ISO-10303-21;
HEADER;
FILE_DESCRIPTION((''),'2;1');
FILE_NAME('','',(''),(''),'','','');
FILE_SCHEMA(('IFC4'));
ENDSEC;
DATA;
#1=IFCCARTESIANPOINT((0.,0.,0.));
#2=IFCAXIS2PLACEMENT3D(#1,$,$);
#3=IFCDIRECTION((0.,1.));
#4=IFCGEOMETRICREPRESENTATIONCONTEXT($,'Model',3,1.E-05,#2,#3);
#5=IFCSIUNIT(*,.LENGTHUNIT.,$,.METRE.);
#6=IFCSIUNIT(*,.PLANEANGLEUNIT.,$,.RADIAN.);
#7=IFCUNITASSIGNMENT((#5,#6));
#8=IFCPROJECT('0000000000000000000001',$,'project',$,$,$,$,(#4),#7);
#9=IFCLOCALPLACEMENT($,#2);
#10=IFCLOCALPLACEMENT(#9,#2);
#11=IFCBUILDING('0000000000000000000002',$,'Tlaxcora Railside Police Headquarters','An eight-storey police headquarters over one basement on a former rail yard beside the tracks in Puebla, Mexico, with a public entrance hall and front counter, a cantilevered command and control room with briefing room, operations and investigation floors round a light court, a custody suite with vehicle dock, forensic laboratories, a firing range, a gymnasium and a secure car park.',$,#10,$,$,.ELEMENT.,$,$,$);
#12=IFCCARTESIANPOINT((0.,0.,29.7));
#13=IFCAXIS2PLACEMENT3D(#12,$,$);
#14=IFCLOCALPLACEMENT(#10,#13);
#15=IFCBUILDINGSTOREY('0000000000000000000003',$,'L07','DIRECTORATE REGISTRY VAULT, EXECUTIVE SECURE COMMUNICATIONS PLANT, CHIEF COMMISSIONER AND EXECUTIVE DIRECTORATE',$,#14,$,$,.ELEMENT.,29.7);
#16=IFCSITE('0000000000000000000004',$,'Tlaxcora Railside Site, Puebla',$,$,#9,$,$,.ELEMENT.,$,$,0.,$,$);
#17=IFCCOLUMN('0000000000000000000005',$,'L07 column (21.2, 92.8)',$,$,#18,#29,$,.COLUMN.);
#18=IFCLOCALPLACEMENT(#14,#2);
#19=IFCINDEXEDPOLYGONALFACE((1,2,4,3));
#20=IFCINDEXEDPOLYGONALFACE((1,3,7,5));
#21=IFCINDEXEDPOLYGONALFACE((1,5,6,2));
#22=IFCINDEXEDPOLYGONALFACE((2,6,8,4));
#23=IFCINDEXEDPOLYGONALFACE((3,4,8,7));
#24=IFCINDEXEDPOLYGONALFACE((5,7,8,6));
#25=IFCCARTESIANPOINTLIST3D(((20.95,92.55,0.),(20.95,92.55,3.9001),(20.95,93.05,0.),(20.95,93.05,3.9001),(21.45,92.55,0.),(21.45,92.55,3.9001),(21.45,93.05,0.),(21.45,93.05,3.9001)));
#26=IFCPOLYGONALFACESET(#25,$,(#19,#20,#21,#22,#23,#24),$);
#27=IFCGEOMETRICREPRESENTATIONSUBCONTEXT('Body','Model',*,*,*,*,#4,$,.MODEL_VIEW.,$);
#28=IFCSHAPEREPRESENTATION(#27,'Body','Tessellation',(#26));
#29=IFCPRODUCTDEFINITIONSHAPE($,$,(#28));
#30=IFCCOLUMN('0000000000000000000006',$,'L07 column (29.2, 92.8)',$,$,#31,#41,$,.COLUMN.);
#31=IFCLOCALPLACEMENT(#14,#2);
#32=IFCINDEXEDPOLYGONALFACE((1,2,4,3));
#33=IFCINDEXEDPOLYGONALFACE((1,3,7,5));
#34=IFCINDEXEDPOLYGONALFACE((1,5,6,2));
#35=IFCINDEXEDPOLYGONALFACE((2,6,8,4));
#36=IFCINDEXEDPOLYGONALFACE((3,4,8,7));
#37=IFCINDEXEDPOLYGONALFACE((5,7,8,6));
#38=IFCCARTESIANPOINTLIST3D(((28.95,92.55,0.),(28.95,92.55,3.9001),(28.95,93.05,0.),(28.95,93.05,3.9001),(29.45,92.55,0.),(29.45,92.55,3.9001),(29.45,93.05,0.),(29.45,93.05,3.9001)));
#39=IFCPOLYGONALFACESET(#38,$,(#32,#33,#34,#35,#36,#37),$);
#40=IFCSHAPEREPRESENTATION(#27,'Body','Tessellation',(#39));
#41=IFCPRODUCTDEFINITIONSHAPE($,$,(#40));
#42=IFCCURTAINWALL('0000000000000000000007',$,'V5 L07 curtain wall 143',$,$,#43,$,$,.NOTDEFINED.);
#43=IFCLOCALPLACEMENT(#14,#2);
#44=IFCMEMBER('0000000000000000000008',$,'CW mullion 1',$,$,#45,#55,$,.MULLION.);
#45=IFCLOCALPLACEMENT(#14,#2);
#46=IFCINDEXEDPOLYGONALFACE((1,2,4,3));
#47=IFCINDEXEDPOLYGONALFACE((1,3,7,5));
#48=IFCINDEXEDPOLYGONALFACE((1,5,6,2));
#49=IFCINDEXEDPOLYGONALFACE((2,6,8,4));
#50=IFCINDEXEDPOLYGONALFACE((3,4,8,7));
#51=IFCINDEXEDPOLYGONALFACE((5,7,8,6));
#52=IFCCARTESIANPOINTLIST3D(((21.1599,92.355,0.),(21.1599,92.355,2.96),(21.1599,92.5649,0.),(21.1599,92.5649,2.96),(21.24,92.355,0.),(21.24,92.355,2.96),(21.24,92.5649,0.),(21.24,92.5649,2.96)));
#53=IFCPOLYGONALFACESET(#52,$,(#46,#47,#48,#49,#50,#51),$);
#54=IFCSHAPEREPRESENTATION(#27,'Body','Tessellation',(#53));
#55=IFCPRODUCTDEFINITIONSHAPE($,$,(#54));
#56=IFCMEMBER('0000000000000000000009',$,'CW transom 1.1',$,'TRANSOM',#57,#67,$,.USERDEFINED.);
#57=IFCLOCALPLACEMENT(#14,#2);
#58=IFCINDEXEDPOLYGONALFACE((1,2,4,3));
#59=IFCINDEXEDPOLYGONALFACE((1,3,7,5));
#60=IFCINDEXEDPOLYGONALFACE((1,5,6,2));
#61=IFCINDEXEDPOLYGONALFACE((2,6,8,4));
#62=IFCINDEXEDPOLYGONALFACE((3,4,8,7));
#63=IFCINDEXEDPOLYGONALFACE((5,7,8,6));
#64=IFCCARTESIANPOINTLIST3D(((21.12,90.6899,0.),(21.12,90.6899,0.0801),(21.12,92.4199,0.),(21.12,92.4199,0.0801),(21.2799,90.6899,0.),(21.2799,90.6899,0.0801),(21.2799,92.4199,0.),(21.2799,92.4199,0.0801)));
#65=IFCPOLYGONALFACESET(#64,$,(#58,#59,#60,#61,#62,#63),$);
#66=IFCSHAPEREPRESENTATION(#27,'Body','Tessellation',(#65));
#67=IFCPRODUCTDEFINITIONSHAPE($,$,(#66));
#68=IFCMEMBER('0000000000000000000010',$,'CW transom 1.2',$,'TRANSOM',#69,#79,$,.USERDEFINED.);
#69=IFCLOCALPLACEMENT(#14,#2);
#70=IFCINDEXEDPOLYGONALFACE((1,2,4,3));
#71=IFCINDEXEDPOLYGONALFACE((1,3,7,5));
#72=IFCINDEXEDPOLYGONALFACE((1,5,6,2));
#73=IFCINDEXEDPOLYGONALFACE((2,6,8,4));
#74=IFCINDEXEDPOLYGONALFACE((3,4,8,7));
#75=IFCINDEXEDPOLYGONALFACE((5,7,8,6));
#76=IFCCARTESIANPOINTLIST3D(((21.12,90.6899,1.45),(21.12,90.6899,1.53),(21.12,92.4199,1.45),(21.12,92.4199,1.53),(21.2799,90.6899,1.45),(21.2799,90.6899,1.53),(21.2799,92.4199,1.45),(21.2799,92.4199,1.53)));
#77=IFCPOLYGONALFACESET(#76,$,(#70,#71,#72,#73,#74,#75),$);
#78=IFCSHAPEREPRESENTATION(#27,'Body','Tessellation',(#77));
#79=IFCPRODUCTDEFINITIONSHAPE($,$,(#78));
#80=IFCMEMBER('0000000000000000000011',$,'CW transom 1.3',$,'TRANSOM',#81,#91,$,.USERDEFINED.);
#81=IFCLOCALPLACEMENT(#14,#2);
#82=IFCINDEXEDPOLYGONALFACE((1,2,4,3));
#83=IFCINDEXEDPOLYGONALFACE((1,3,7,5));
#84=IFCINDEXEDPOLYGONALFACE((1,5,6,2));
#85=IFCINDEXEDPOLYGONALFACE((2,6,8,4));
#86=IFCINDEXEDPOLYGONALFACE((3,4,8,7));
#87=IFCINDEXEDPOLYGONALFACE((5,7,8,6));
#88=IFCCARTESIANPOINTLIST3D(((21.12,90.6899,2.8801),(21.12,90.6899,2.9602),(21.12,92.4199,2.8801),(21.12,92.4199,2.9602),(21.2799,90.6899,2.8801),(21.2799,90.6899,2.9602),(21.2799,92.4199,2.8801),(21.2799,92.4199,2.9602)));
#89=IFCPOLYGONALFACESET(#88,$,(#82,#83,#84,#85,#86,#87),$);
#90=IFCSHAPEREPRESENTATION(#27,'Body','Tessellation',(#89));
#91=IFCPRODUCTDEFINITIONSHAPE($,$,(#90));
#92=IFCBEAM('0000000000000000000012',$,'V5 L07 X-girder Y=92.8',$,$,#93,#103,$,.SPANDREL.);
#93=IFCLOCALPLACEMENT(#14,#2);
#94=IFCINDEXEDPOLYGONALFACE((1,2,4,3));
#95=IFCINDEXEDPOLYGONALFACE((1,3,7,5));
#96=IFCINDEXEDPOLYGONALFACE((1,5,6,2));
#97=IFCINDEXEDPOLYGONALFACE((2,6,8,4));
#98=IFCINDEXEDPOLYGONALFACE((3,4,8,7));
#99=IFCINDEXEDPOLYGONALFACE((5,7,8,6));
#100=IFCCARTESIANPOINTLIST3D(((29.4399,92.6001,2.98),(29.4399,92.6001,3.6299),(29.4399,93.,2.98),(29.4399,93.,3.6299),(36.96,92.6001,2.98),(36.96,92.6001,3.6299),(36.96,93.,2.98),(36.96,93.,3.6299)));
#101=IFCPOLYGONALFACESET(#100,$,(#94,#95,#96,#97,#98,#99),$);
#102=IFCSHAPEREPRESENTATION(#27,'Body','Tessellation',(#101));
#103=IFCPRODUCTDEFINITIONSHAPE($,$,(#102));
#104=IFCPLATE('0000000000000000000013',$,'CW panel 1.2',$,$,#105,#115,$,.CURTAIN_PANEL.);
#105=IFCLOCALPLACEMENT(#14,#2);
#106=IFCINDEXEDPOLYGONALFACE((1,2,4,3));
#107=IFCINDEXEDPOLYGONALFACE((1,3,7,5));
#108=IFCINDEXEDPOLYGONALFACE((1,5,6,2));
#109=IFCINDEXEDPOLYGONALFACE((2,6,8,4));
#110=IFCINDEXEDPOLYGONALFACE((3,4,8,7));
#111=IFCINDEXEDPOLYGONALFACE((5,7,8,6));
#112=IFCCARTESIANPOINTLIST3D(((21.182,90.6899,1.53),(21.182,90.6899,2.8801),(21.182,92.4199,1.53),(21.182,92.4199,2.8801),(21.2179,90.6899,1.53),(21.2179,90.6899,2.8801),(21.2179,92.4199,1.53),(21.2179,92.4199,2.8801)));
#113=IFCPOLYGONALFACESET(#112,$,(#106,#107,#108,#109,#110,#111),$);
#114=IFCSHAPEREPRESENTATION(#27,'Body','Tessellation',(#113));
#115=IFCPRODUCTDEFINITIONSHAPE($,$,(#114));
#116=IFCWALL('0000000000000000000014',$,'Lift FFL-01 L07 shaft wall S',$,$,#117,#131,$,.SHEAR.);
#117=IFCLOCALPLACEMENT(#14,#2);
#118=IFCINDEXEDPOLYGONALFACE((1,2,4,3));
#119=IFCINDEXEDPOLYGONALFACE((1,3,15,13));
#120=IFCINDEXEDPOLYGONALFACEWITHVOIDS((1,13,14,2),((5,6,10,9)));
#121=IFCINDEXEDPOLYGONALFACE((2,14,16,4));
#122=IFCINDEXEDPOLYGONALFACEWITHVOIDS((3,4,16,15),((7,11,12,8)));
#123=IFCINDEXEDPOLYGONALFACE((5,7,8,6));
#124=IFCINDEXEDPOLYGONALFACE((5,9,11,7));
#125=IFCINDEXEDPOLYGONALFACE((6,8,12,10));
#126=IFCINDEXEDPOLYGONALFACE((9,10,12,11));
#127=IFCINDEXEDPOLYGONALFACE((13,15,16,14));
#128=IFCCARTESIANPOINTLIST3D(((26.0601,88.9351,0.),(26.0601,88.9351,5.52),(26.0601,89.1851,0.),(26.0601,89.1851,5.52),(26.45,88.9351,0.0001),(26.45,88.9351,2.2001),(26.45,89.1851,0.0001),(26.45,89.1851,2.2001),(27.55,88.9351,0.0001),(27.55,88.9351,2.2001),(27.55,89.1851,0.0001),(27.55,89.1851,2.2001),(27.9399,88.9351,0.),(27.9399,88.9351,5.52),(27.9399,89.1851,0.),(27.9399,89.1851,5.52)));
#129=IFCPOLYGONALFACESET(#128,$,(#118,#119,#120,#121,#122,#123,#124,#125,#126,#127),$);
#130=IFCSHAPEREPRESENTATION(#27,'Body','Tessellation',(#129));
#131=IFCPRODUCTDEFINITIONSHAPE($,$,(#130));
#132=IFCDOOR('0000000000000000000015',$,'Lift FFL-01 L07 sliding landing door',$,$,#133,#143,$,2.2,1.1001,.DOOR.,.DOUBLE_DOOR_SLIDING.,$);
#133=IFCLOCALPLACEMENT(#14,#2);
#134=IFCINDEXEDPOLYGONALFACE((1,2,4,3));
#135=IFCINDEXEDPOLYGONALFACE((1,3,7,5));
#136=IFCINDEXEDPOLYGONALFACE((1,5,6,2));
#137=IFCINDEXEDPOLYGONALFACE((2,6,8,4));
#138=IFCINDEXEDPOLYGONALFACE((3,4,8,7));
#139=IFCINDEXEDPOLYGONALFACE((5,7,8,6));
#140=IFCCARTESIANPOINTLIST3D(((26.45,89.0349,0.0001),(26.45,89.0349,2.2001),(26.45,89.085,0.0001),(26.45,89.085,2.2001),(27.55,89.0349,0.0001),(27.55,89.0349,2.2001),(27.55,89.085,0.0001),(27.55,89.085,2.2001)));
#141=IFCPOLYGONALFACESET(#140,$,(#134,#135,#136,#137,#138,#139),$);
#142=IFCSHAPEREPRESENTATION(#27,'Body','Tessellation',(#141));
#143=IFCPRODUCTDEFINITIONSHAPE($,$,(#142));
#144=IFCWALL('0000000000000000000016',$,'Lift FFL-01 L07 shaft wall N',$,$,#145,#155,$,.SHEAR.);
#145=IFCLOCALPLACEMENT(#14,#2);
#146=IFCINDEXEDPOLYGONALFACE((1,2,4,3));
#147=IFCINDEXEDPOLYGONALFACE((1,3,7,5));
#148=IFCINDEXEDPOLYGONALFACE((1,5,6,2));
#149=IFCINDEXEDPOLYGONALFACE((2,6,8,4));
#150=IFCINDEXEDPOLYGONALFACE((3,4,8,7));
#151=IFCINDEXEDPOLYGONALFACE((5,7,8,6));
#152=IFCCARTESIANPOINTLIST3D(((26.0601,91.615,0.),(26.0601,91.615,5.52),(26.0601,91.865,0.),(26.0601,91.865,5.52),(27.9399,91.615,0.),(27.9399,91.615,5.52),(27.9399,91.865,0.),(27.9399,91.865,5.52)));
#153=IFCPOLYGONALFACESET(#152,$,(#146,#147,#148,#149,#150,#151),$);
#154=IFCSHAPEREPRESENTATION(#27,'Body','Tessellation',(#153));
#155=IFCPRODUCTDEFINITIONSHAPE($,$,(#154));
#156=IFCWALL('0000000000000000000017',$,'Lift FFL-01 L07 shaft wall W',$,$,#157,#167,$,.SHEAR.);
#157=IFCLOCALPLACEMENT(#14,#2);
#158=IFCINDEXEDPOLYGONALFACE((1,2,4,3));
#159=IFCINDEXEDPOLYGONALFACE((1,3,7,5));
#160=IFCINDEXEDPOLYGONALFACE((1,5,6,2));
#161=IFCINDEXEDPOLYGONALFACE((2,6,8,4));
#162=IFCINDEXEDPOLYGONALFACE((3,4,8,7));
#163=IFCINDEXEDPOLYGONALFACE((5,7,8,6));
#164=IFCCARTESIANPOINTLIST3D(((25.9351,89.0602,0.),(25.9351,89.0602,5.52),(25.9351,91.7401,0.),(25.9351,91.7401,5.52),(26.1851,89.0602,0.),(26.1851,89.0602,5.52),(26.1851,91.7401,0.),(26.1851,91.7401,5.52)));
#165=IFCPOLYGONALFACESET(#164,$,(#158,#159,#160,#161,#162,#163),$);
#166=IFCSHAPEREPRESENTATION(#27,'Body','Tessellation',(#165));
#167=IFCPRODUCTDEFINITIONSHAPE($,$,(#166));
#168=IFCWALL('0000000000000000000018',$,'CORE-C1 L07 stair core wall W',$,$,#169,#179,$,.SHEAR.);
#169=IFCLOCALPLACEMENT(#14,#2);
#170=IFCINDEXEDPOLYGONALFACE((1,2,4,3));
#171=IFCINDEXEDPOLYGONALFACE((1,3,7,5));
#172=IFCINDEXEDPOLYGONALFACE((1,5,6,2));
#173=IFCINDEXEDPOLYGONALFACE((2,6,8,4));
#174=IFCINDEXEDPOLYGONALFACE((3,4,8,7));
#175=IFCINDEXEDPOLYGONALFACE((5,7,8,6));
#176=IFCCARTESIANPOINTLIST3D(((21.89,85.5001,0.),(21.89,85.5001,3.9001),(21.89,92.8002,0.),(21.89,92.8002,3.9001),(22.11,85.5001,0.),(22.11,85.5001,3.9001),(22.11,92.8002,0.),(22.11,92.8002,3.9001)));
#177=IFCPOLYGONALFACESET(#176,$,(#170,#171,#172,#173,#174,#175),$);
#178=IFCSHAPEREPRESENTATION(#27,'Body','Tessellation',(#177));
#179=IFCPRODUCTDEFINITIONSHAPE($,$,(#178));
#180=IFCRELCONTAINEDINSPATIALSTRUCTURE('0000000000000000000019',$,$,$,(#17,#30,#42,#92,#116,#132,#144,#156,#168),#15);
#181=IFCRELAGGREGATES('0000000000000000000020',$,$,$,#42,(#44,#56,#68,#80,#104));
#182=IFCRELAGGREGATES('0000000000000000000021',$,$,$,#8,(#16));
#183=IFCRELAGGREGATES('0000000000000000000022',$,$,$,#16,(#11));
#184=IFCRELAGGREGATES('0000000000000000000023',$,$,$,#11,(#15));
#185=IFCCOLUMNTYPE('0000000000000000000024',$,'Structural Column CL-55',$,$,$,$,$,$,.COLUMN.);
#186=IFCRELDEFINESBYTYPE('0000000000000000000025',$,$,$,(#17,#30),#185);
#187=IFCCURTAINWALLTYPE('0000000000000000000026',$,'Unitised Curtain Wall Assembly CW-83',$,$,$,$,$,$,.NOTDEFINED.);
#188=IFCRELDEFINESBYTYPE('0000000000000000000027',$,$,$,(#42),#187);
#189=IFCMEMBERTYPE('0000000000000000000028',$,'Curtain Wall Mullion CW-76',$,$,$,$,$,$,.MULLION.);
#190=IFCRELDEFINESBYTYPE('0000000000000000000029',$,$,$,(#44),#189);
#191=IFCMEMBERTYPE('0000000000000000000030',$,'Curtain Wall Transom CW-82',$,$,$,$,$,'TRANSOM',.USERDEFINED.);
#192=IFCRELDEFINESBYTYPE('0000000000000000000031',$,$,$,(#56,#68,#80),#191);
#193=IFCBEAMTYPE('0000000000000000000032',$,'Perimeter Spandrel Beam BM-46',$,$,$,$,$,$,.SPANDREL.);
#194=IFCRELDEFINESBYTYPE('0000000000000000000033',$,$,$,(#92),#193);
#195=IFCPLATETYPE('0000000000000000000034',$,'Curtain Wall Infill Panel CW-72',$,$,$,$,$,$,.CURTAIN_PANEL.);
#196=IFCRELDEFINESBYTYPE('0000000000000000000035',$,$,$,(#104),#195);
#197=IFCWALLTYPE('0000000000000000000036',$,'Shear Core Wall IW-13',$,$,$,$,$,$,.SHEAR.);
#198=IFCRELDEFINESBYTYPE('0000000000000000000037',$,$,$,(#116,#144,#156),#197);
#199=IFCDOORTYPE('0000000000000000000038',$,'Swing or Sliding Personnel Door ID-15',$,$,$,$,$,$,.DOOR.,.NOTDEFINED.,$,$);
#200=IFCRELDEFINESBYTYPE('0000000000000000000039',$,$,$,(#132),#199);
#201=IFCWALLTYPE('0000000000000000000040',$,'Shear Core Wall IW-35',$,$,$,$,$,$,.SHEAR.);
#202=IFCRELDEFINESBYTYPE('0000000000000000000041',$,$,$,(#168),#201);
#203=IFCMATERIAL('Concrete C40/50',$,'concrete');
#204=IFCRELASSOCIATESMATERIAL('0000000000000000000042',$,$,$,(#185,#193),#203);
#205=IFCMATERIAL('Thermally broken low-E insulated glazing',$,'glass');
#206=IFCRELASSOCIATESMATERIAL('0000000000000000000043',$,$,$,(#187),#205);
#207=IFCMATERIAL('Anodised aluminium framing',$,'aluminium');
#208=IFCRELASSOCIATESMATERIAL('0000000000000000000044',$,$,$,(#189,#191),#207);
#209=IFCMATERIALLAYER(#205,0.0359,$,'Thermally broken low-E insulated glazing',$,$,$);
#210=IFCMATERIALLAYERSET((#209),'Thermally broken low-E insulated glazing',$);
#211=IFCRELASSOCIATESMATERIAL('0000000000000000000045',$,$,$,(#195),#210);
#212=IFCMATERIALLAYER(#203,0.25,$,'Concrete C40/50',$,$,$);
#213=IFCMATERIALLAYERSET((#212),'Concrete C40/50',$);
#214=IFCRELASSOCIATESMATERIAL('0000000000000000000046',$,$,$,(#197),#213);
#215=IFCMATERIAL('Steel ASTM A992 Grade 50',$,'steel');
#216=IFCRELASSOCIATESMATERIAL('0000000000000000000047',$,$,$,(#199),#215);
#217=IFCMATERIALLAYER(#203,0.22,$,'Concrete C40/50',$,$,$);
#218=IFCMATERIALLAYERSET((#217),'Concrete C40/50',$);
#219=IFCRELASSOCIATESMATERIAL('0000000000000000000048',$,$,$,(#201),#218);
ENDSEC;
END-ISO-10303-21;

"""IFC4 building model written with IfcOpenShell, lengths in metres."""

from ifc_helpers import new_model, si_unit, direction, frame, frame_2d, origin, origin_2d, place, context, subcontext, project, spatial, rectangle, extrude, material, layer, layer_set, material_profile, profile_set, type_object, element, fill, aggregate, save


model = new_model("IFC4")

# Units and contexts
model_context = context("Model", 3, precision=1e-05, world=origin(), true_north=direction((0.0, 1.0)))
body_context = subcontext(model_context, "Body", "Model", "MODEL_VIEW")
ifc_project = project(units=[si_unit("LENGTHUNIT", "METRE"), si_unit("PLANEANGLEUNIT", "RADIAN")], contexts=[model_context])

# Site, building, storey
site_placement = place(None, origin())
site = spatial("IfcSite", under=ifc_project, at=site_placement, Name="Tlaxcora Railside Site, Puebla", CompositionType="ELEMENT", RefElevation=0.0)
building_placement = place(site_placement, origin())
building = spatial("IfcBuilding", under=site, at=building_placement, Name="Tlaxcora Railside Police Headquarters", Description="An eight-storey police headquarters over one basement on a former rail yard beside the tracks in Puebla, Mexico, with a public entrance hall and front counter, a cantilevered command and control room with briefing room, operations and investigation floors round a light court, a custody suite with vehicle dock, forensic laboratories, a firing range, a gymnasium and a secure car park.", CompositionType="ELEMENT")
storey_placement = place(building_placement, frame((0.0, 0.0, 29.7)))
storey = spatial("IfcBuildingStorey", under=building, at=storey_placement, Name="L07", Description="DIRECTORATE REGISTRY VAULT, EXECUTIVE SECURE COMMUNICATIONS PLANT, CHIEF COMMISSIONER AND EXECUTIVE DIRECTORATE", CompositionType="ELEMENT", Elevation=29.7)

# Columns
ifc_material_1 = material(Name="Concrete C40/50", Category="concrete")
ifc_material_profile_1 = material_profile(ifc_material_1, rectangle(XDim=0.5, YDim=0.5, at=origin_2d()), Name="RC500X500")
ifc_profile_set_1 = profile_set([ifc_material_profile_1], Name="Concrete C40/50")
column_type = type_object("IfcColumnType", Name="Structural Column CL-55", PredefinedType="COLUMN", material=ifc_profile_set_1)
for number, where, z_axis, x_axis, name in (
    (1, (21.2, 92.8, 0.0), (0.0, 0.0, 1.0), (1.0, 0.0, 0.0), "L07 column (21.2, 92.8)"),
    (2, (29.2, 92.8, 0.0), (0.0, 0.0, 1.0), (1.0, 0.0, 0.0), "L07 column (29.2, 92.8)"),
):
    element("IfcColumn", number, at=place(storey_placement, frame(where, z_axis=z_axis, x_axis=x_axis)), inside=storey, type_object=column_type, Name=name, PredefinedType="COLUMN", context=body_context, shape_type="SweptSolid", body=[
        extrude(rectangle(XDim=0.5, YDim=0.5, at=origin_2d()), origin(), (0.0, 0.0, 1.0), 3.9001),
    ])

# Curtain wall, members
ifc_material_2 = material(Name="Thermally broken low-E insulated glazing", Category="glass")
curtain_wall_type = type_object("IfcCurtainWallType", Name="Unitised Curtain Wall Assembly CW-83", PredefinedType="NOTDEFINED", material=ifc_material_2)
curtain_wall_placement = place(storey_placement, origin())
curtain_wall = element("IfcCurtainWall", 3, at=curtain_wall_placement, inside=storey, type_object=curtain_wall_type, Name="V5 L07 curtain wall 143", PredefinedType="NOTDEFINED")
ifc_material_3 = material(Name="Anodised aluminium framing", Category="aluminium")
ifc_material_profile_2 = material_profile(ifc_material_3, rectangle(XDim=0.0801, YDim=0.21, at=origin_2d()), Name="AL80X210")
ifc_profile_set_2 = profile_set([ifc_material_profile_2], Name="Anodised aluminium framing")
member_type_1 = type_object("IfcMemberType", Name="Curtain Wall Mullion CW-76", PredefinedType="MULLION", material=ifc_profile_set_2)
member_1_placement = place(storey_placement, frame((21.2, 92.46, 0.0), z_axis=(0.0, 0.0, 1.0), x_axis=(1.0, 0.0, 0.0)))
member_1 = element("IfcMember", 4, at=member_1_placement, type_object=member_type_1, Name="CW mullion 1", PredefinedType="MULLION", context=body_context, shape_type="SweptSolid", body=[
    extrude(rectangle(XDim=0.0801, YDim=0.21, at=origin_2d()), origin(), (0.0, 0.0, 1.0), 2.96),
])
ifc_material_profile_3 = material_profile(ifc_material_3, rectangle(XDim=0.1599, YDim=0.0801, at=origin_2d()), Name="AL80X160")
ifc_profile_set_3 = profile_set([ifc_material_profile_3], Name="Anodised aluminium framing")
member_type_2 = type_object("IfcMemberType", Name="Curtain Wall Transom CW-82", ElementType="TRANSOM", PredefinedType="USERDEFINED", material=ifc_profile_set_3)
member_2_placement = place(storey_placement, frame((21.2, 92.4199, 0.04), z_axis=(0.0, -1.0, 0.0), x_axis=(1.0, 0.0, 0.0)))
member_2 = element("IfcMember", 5, at=member_2_placement, type_object=member_type_2, Name="CW transom 1.1", ObjectType="TRANSOM", PredefinedType="USERDEFINED", context=body_context, shape_type="SweptSolid", body=[
    extrude(rectangle(XDim=0.1599, YDim=0.0801, at=origin_2d()), origin(), (0.0, 0.0, 1.0), 1.73),
])
member_3_placement = place(storey_placement, frame((21.2, 92.4199, 1.49), z_axis=(0.0, -1.0, 0.0), x_axis=(1.0, 0.0, 0.0)))
member_3 = element("IfcMember", 6, at=member_3_placement, type_object=member_type_2, Name="CW transom 1.2", ObjectType="TRANSOM", PredefinedType="USERDEFINED", context=body_context, shape_type="SweptSolid", body=[
    extrude(rectangle(XDim=0.1599, YDim=0.0801, at=origin_2d()), origin(), (0.0, 0.0, 1.0), 1.73),
])
member_4_placement = place(storey_placement, frame((21.2, 92.4199, 2.9202), z_axis=(0.0, -1.0, 0.0), x_axis=(1.0, 0.0, 0.0)))
member_4 = element("IfcMember", 7, at=member_4_placement, type_object=member_type_2, Name="CW transom 1.3", ObjectType="TRANSOM", PredefinedType="USERDEFINED", context=body_context, shape_type="SweptSolid", body=[
    extrude(rectangle(XDim=0.1599, YDim=0.0801, at=origin_2d()), origin(), (0.0, 0.0, 1.0), 1.73),
])

# Beam
ifc_material_profile_4 = material_profile(ifc_material_1, rectangle(XDim=0.3999, YDim=0.6499, at=origin_2d()), Name="RC400X650")
ifc_profile_set_4 = profile_set([ifc_material_profile_4], Name="Concrete C40/50")
beam_type = type_object("IfcBeamType", Name="Perimeter Spandrel Beam BM-46", PredefinedType="SPANDREL", material=ifc_profile_set_4)
beam_placement = place(storey_placement, frame((29.4399, 92.8, 3.3049), z_axis=(1.0, 0.0, 0.0), x_axis=(0.0, 1.0, 0.0)))
element("IfcBeam", 8, at=beam_placement, inside=storey, type_object=beam_type, Name="V5 L07 X-girder Y=92.8", PredefinedType="SPANDREL", context=body_context, shape_type="SweptSolid", body=[
    extrude(rectangle(XDim=0.3999, YDim=0.6499, at=origin_2d()), origin(), (0.0, 0.0, 1.0), 7.52),
])

# Plate
ifc_layer_1 = layer(ifc_material_2, 0.0359, Name="Thermally broken low-E insulated glazing")
ifc_layer_set_1 = layer_set([ifc_layer_1], Name="Thermally broken low-E insulated glazing")
plate_type = type_object("IfcPlateType", Name="Curtain Wall Infill Panel CW-72", PredefinedType="CURTAIN_PANEL", material=ifc_layer_set_1)
plate_placement = place(storey_placement, frame((21.2, 91.5549, 1.53), z_axis=(0.0, 0.0, 1.0), x_axis=(0.0, -1.0, 0.0)))
plate = element("IfcPlate", 9, at=plate_placement, type_object=plate_type, Name="CW panel 1.2", PredefinedType="CURTAIN_PANEL", context=body_context, shape_type="SweptSolid", body=[
    extrude(rectangle(XDim=1.73, YDim=0.0359, at=origin_2d()), origin(), (0.0, 0.0, 1.0), 1.3501),
])
aggregate(curtain_wall, [member_1, member_2, member_3, member_4, plate])

# Wall, opening, door
ifc_layer_2 = layer(ifc_material_1, 0.25, Name="Concrete C40/50")
ifc_layer_set_2 = layer_set([ifc_layer_2], Name="Concrete C40/50")
wall_type_1 = type_object("IfcWallType", Name="Shear Core Wall IW-13", PredefinedType="SHEAR", material=ifc_layer_set_2)
wall_1_placement = place(storey_placement, frame((26.0601, 89.0601, 0.0), z_axis=(0.0, 0.0, 1.0), x_axis=(1.0, 0.0, 0.0)))
wall_1 = element("IfcWall", 10, at=wall_1_placement, inside=storey, type_object=wall_type_1, Name="Lift FFL-01 L07 shaft wall S", PredefinedType="SHEAR", context=body_context, shape_type="SweptSolid", body=[
    extrude(rectangle(XDim=1.8799, YDim=0.25, at=frame_2d((0.9399, 0.0))), origin(), (0.0, 0.0, 1.0), 5.52),
])
opening_placement = place(wall_1_placement, frame((0.3899, 0.0, 0.0)))
opening = element("IfcOpeningElement", 11, at=opening_placement, cuts=wall_1, PredefinedType="OPENING", context=body_context, shape_type="SweptSolid", body=[
    extrude(rectangle(XDim=1.1001, YDim=2.2, at=frame_2d((0.55, 1.1001))), frame((0.0, 0.135, 0.0), z_axis=(0.0, -1.0, 0.0), x_axis=(1.0, 0.0, 0.0)), (0.0, 0.0, 1.0), 0.27),
])
ifc_material_4 = material(Name="Steel ASTM A992 Grade 50", Category="steel")
door_type = type_object("IfcDoorType", Name="Swing or Sliding Personnel Door ID-15", OperationType="NOTDEFINED", PredefinedType="DOOR", material=ifc_material_4)
door_placement = place(opening_placement, origin())
door = element("IfcDoor", 12, at=door_placement, inside=storey, type_object=door_type, Name="Lift FFL-01 L07 sliding landing door", OperationType="DOUBLE_DOOR_SLIDING", OverallHeight=2.2, OverallWidth=1.1001, PredefinedType="DOOR", context=body_context, shape_type="SweptSolid", body=[
    extrude(rectangle(XDim=1.1001, YDim=2.2, at=frame_2d((0.55, 1.1001))), frame((0.0, 0.0249, 0.0), z_axis=(0.0, -1.0, 0.0), x_axis=(1.0, 0.0, 0.0)), (0.0, 0.0, 1.0), 0.05),
])
fill(opening, door)

# Walls
wall_2_placement = place(storey_placement, frame((27.9399, 91.74, 0.0), z_axis=(0.0, 0.0, 1.0), x_axis=(-1.0, 0.0, 0.0)))
element("IfcWall", 13, at=wall_2_placement, inside=storey, type_object=wall_type_1, Name="Lift FFL-01 L07 shaft wall N", PredefinedType="SHEAR", context=body_context, shape_type="SweptSolid", body=[
    extrude(rectangle(XDim=1.8799, YDim=0.25, at=frame_2d((0.9399, 0.0))), origin(), (0.0, 0.0, 1.0), 5.52),
])
wall_3_placement = place(storey_placement, frame((26.0601, 91.74, 0.0), z_axis=(0.0, 0.0, 1.0), x_axis=(0.0, -1.0, 0.0)))
element("IfcWall", 14, at=wall_3_placement, inside=storey, type_object=wall_type_1, Name="Lift FFL-01 L07 shaft wall W", PredefinedType="SHEAR", context=body_context, shape_type="SweptSolid", body=[
    extrude(rectangle(XDim=2.6799, YDim=0.25, at=frame_2d((1.3398, 0.0))), origin(), (0.0, 0.0, 1.0), 5.52),
])
ifc_layer_3 = layer(ifc_material_1, 0.22, Name="Concrete C40/50")
ifc_layer_set_3 = layer_set([ifc_layer_3], Name="Concrete C40/50")
wall_type_2 = type_object("IfcWallType", Name="Shear Core Wall IW-35", PredefinedType="SHEAR", material=ifc_layer_set_3)
wall_4_placement = place(storey_placement, frame((22.0, 92.8, 0.0), z_axis=(0.0, 0.0, 1.0), x_axis=(0.0, -1.0, 0.0)))
element("IfcWall", 15, at=wall_4_placement, inside=storey, type_object=wall_type_2, Name="CORE-C1 L07 stair core wall W", PredefinedType="SHEAR", context=body_context, shape_type="SweptSolid", body=[
    extrude(rectangle(XDim=7.3, YDim=0.22, at=frame_2d((3.6499, 0.0))), origin(), (0.0, 0.0, 1.0), 3.9001),
])

save(model, "model.ifc")
